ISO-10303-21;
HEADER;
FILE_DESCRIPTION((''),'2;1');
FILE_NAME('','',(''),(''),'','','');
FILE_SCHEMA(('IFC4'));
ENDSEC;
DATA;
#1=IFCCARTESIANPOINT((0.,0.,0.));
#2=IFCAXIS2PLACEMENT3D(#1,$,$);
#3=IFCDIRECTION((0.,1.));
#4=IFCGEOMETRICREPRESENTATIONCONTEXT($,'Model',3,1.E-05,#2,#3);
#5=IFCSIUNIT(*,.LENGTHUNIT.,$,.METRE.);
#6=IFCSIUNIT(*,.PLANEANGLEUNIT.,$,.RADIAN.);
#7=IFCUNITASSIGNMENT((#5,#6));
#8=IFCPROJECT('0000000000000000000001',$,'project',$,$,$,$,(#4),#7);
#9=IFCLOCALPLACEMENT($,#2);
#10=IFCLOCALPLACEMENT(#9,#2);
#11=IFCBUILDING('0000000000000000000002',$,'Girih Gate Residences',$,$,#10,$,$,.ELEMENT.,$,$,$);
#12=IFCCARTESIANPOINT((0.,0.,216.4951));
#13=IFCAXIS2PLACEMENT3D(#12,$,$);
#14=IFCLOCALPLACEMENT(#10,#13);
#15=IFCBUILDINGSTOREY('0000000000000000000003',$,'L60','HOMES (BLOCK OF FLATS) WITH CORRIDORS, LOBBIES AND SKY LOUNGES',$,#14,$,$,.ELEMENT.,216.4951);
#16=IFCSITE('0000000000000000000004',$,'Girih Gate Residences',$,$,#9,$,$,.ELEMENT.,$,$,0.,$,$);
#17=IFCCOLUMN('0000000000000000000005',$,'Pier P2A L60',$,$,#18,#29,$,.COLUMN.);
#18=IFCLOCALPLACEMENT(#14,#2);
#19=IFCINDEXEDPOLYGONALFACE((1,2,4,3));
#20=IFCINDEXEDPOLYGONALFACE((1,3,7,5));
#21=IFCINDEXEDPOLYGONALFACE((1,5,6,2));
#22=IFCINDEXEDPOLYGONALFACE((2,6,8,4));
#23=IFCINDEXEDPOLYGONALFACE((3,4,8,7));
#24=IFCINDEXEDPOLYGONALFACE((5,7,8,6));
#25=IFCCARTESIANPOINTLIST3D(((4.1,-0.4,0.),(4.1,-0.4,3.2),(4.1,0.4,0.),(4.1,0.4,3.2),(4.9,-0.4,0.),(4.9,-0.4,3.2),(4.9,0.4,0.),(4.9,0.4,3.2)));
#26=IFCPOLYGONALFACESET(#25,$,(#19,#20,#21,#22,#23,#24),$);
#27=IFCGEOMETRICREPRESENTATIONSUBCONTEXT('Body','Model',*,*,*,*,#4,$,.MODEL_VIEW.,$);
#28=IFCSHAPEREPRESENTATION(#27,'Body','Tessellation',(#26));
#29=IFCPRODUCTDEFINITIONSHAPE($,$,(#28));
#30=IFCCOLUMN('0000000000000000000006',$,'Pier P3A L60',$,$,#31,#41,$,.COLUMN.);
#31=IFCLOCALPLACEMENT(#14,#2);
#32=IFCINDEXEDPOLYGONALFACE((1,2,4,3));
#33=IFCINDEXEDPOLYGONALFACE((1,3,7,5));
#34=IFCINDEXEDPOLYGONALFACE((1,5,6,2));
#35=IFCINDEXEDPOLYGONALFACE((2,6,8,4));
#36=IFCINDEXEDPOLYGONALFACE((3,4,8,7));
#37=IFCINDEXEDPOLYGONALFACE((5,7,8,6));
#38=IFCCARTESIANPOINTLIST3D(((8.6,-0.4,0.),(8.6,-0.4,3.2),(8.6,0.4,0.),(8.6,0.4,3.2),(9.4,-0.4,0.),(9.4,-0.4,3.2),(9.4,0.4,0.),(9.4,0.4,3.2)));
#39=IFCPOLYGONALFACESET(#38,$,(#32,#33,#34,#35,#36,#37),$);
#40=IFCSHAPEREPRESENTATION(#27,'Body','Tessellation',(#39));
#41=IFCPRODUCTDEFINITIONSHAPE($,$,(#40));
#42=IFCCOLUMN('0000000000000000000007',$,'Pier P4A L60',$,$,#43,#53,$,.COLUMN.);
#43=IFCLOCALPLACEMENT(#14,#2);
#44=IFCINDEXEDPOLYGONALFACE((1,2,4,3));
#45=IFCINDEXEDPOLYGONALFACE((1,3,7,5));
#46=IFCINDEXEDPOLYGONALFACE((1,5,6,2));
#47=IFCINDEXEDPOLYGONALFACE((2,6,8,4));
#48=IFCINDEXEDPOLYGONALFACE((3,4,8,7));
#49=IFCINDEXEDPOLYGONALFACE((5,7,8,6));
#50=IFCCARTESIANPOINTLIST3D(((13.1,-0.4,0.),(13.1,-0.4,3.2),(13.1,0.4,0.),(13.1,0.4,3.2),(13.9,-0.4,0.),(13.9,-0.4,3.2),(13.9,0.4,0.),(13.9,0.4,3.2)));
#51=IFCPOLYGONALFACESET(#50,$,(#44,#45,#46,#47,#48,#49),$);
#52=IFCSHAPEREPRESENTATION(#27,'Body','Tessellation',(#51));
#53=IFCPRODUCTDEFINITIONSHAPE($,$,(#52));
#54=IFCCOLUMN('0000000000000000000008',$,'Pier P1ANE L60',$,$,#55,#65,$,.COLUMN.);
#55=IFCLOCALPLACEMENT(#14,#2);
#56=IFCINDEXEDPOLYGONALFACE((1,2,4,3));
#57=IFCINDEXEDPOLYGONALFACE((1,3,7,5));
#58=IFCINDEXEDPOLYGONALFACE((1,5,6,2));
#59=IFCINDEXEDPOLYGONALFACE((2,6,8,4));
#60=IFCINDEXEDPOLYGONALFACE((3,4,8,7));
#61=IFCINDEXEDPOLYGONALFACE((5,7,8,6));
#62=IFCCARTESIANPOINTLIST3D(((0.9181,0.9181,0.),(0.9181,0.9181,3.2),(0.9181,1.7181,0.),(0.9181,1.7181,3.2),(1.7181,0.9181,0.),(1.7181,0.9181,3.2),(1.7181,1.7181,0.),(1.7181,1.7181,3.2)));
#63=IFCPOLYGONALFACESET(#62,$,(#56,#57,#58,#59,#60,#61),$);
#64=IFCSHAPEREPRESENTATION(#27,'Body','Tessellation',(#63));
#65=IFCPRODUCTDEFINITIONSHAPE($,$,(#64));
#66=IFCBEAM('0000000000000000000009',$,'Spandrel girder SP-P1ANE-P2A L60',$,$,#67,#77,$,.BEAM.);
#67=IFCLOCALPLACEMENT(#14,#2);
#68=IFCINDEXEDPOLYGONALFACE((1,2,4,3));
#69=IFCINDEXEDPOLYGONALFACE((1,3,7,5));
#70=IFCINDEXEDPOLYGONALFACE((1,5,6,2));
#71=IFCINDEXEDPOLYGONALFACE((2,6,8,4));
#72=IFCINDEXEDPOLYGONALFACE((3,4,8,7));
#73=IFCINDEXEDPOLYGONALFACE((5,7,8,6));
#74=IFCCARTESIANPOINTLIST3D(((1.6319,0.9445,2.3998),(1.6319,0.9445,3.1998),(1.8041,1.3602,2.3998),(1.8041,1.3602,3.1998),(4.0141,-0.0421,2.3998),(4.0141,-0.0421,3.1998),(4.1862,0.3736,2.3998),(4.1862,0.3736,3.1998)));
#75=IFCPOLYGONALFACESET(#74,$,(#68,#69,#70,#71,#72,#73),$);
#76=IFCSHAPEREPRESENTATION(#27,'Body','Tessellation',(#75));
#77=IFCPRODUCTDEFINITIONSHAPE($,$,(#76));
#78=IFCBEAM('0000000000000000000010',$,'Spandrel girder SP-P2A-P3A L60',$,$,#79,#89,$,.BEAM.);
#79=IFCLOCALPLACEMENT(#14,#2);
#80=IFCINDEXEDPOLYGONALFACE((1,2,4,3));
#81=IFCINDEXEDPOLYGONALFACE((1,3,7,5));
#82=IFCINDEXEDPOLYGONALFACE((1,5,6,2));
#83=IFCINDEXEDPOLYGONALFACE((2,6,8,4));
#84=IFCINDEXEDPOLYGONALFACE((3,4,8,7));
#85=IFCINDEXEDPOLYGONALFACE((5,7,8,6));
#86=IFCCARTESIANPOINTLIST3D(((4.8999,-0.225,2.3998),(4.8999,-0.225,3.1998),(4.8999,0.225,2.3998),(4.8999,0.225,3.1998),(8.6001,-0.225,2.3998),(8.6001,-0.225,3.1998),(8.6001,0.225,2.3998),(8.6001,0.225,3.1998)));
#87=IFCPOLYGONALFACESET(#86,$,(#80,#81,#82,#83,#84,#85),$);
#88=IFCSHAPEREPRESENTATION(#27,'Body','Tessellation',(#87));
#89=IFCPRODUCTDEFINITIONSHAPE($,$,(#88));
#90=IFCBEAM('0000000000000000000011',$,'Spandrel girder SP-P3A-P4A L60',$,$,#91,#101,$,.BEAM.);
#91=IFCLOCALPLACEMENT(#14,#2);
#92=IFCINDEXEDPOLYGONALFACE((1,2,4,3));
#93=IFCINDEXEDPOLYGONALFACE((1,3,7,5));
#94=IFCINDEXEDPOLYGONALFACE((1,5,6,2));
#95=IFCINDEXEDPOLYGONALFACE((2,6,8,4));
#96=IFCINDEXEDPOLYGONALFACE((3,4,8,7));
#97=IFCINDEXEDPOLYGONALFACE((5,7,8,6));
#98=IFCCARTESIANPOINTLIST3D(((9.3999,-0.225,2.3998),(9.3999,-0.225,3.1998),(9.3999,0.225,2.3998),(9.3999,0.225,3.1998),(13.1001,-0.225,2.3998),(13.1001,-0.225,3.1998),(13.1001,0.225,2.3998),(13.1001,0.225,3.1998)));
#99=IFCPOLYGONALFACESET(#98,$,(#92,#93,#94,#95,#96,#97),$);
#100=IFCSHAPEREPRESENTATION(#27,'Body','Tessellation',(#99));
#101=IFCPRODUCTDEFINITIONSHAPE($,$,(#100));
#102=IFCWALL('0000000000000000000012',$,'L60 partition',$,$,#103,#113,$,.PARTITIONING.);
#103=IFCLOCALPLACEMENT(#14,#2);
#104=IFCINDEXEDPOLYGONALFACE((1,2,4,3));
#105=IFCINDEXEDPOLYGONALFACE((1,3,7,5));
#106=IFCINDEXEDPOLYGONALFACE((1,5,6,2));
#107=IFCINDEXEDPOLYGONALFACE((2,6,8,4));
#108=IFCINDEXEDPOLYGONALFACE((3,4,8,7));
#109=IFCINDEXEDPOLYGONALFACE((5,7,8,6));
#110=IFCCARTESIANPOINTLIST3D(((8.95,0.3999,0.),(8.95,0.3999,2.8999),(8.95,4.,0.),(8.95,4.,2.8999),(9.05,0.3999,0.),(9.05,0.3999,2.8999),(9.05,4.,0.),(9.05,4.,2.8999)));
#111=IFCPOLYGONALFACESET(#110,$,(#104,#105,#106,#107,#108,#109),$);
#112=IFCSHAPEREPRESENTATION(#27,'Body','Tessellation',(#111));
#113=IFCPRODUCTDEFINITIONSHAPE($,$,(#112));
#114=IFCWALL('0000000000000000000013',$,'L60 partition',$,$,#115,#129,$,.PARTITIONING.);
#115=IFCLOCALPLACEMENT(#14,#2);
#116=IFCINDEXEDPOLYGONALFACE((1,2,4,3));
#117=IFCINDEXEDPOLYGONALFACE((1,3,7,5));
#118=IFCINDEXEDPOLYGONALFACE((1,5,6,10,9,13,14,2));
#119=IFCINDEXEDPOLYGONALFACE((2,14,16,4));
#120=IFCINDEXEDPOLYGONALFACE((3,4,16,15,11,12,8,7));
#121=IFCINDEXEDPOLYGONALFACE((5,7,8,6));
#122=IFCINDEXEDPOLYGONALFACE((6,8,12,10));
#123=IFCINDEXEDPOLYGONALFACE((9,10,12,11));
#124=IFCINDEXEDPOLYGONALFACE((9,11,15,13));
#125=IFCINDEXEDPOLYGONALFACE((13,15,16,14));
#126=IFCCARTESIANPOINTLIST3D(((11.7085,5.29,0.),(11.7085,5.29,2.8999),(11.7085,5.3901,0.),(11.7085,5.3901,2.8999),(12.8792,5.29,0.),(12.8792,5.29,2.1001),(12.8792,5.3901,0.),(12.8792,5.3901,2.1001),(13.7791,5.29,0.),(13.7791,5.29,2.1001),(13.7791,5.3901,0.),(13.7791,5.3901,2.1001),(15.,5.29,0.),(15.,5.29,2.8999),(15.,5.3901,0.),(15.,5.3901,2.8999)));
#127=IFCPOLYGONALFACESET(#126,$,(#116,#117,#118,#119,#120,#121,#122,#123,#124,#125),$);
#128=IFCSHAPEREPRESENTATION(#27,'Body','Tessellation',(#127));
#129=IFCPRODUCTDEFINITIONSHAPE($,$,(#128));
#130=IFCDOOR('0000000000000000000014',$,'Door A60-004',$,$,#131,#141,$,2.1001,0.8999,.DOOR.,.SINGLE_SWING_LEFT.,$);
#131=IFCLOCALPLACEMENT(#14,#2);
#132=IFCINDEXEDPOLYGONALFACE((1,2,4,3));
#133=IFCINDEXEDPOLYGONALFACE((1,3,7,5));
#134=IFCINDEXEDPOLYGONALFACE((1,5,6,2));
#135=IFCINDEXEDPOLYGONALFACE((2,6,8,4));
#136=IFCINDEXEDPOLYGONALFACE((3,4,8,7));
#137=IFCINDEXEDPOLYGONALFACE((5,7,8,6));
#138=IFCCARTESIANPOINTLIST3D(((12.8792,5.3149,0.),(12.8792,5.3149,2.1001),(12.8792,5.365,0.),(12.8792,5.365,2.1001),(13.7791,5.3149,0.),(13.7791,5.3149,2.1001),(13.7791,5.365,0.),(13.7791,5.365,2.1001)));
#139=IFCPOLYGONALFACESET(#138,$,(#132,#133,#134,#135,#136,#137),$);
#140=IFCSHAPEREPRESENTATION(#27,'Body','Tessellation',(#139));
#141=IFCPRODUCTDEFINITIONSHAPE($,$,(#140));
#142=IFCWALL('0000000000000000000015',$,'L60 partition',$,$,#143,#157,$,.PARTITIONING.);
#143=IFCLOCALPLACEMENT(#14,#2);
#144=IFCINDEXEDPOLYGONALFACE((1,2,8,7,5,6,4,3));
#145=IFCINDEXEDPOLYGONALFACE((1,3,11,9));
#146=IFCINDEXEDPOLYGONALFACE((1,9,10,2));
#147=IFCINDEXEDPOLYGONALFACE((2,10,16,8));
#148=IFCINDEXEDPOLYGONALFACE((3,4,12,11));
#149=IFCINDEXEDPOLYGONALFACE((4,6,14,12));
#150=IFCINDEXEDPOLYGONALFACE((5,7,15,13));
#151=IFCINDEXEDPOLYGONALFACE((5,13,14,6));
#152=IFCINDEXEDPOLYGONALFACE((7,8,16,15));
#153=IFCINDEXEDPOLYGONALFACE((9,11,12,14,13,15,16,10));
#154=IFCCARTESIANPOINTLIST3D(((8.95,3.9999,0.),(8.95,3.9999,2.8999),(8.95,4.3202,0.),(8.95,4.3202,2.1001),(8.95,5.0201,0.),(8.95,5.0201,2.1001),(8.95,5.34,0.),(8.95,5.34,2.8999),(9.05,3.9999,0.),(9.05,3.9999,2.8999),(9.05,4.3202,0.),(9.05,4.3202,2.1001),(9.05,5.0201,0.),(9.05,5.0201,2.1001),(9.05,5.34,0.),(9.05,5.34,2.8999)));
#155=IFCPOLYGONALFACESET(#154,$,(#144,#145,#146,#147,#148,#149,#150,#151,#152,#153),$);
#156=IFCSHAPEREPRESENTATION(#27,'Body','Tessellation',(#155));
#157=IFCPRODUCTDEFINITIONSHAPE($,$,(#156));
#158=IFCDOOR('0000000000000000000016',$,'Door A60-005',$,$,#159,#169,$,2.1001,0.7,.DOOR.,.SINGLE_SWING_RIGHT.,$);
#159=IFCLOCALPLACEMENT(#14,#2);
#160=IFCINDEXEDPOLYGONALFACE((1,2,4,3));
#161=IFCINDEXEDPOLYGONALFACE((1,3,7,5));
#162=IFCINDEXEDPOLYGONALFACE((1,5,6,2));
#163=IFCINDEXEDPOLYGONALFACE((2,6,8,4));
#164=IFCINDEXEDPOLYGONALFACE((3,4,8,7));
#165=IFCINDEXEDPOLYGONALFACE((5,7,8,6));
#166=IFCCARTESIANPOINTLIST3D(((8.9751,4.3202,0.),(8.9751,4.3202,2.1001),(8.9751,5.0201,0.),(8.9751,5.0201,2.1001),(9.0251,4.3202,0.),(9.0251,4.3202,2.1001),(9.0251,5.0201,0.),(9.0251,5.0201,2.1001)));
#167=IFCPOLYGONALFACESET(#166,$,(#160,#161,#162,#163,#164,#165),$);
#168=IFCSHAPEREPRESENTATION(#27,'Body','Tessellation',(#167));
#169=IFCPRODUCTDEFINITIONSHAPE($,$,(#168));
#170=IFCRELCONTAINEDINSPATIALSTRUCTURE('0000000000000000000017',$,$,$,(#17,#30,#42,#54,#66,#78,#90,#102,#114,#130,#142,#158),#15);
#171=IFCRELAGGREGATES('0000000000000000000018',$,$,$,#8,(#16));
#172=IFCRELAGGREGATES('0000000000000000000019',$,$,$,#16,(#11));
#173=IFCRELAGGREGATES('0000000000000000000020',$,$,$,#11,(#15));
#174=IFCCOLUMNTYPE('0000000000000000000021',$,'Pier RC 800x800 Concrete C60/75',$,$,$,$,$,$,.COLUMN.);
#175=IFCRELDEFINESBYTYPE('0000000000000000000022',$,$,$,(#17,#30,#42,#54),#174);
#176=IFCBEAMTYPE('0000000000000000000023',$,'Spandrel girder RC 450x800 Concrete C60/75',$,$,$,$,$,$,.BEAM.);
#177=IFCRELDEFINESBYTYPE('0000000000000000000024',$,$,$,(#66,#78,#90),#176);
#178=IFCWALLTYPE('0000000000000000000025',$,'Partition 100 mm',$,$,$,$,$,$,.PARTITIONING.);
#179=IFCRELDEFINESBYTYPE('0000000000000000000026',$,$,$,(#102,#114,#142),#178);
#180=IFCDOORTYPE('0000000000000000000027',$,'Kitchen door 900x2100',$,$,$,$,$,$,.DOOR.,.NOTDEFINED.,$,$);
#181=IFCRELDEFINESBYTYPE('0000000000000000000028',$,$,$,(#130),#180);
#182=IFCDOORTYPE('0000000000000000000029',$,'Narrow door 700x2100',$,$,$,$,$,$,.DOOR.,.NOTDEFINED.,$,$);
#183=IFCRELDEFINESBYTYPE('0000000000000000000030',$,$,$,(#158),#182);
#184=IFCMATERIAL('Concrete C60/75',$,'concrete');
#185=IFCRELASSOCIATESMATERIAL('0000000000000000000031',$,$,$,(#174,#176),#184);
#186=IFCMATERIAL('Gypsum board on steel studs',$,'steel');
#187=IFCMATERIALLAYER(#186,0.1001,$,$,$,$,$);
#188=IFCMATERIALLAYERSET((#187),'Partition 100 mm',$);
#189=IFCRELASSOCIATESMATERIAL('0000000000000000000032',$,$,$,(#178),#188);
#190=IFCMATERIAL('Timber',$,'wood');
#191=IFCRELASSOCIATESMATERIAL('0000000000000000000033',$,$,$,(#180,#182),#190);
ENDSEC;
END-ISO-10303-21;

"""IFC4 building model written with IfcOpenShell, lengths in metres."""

from ifc_helpers import new_model, si_unit, direction, frame, frame_2d, origin, origin_2d, place, context, subcontext, project, spatial, rectangle, extrude, material, layer, layer_set, material_profile, profile_set, type_object, element, fill, save


model = new_model("IFC4")

# Units and contexts
model_context = context("Model", 3, precision=1e-05, world=origin(), true_north=direction((0.0, 1.0)))
body_context = subcontext(model_context, "Body", "Model", "MODEL_VIEW")
ifc_project = project(units=[si_unit("LENGTHUNIT", "METRE"), si_unit("PLANEANGLEUNIT", "RADIAN")], contexts=[model_context])

# Site, building, storey
site_placement = place(None, origin())
site = spatial("IfcSite", under=ifc_project, at=site_placement, Name="Girih Gate Residences", CompositionType="ELEMENT", RefElevation=0.0)
building_placement = place(site_placement, origin())
building = spatial("IfcBuilding", under=site, at=building_placement, Name="Girih Gate Residences", CompositionType="ELEMENT")
storey_placement = place(building_placement, frame((0.0, 0.0, 216.4951)))
storey = spatial("IfcBuildingStorey", under=building, at=storey_placement, Name="L60", Description="HOMES (BLOCK OF FLATS) WITH CORRIDORS, LOBBIES AND SKY LOUNGES", CompositionType="ELEMENT", Elevation=216.4951)

# Columns
ifc_material_1 = material(Name="Concrete C60/75", Category="concrete")
ifc_material_profile_1 = material_profile(ifc_material_1, rectangle(XDim=0.8, YDim=0.8, at=origin_2d()))
ifc_profile_set_1 = profile_set([ifc_material_profile_1], Name="Concrete C60/75")
column_type = type_object("IfcColumnType", Name="Pier RC 800x800 Concrete C60/75", PredefinedType="COLUMN", material=ifc_profile_set_1)
for number, where, z_axis, x_axis, name in (
    (1, (4.5, 0.0, 0.0), (0.0, 0.0, 1.0), (1.0, 0.0, 0.0), "Pier P2A L60"),
    (2, (9.0, 0.0, 0.0), (0.0, 0.0, 1.0), (1.0, 0.0, 0.0), "Pier P3A L60"),
    (3, (13.5, 0.0, 0.0), (0.0, 0.0, 1.0), (1.0, 0.0, 0.0), "Pier P4A L60"),
    (4, (1.3181, 1.3181, 0.0), (0.0, 0.0, 1.0), (1.0, 0.0, 0.0), "Pier P1ANE L60"),
):
    element("IfcColumn", number, at=place(storey_placement, frame(where, z_axis=z_axis, x_axis=x_axis)), inside=storey, type_object=column_type, Name=name, PredefinedType="COLUMN", context=body_context, shape_type="SweptSolid", body=[
        extrude(rectangle(XDim=0.8, YDim=0.8, at=origin_2d()), origin(), (0.0, 0.0, 1.0), 3.2),
    ])

# Beams
ifc_material_profile_2 = material_profile(ifc_material_1, rectangle(XDim=0.45, YDim=0.8, at=origin_2d()))
ifc_profile_set_2 = profile_set([ifc_material_profile_2], Name="Concrete C60/75")
beam_type = type_object("IfcBeamType", Name="Spandrel girder RC 450x800 Concrete C60/75", PredefinedType="BEAM", material=ifc_profile_set_2)
beam_placement = place(storey_placement, frame((1.718, 1.1523, 2.7998), z_axis=(0.923896, -0.382644, 0.0), x_axis=(0.382644, 0.923896, 0.0)))
element("IfcBeam", 5, at=beam_placement, inside=storey, type_object=beam_type, Name="Spandrel girder SP-P1ANE-P2A L60", PredefinedType="BEAM", context=body_context, shape_type="SweptSolid", body=[
    extrude(rectangle(XDim=0.45, YDim=0.8, at=origin_2d()), origin(), (0.0, 0.0, 1.0), 2.5784),
])
for number, where, z_axis, x_axis, name in (
    (6, (4.8999, 0.0, 2.7998), (1.0, 0.0, 0.0), (0.0, 1.0, 0.0), "Spandrel girder SP-P2A-P3A L60"),
    (7, (9.3999, 0.0, 2.7998), (1.0, 0.0, 0.0), (0.0, 1.0, 0.0), "Spandrel girder SP-P3A-P4A L60"),
):
    element("IfcBeam", number, at=place(storey_placement, frame(where, z_axis=z_axis, x_axis=x_axis)), inside=storey, type_object=beam_type, Name=name, PredefinedType="BEAM", context=body_context, shape_type="SweptSolid", body=[
        extrude(rectangle(XDim=0.45, YDim=0.8, at=origin_2d()), origin(), (0.0, 0.0, 1.0), 3.7002),
    ])

# Wall
ifc_material_2 = material(Name="Gypsum board on steel studs", Category="steel")
ifc_layer_1 = layer(ifc_material_2, 0.1001)
ifc_layer_set_1 = layer_set([ifc_layer_1], Name="Partition 100 mm")
wall_type_1 = type_object("IfcWallType", Name="Partition 100 mm", PredefinedType="PARTITIONING", material=ifc_layer_set_1)
wall_1_placement = place(storey_placement, frame((9.0, 0.3999, 0.0), z_axis=(0.0, 0.0, 1.0), x_axis=(0.0, 1.0, 0.0)))
element("IfcWall", 8, at=wall_1_placement, inside=storey, type_object=wall_type_1, Name="L60 partition", PredefinedType="PARTITIONING", context=body_context, shape_type="SweptSolid", body=[
    extrude(rectangle(XDim=3.6001, YDim=0.1001, at=frame_2d((1.8, 0.0))), origin(), (0.0, 0.0, 1.0), 2.8999),
])

# Walls, openings, doors
wall_2_placement = place(storey_placement, frame((11.7085, 5.3401, 0.0), z_axis=(0.0, 0.0, 1.0), x_axis=(1.0, 0.0, 0.0)))
wall_2 = element("IfcWall", 9, at=wall_2_placement, inside=storey, type_object=wall_type_1, Name="L60 partition", PredefinedType="PARTITIONING", context=body_context, shape_type="SweptSolid", body=[
    extrude(rectangle(XDim=3.2915, YDim=0.1001, at=frame_2d((1.6458, 0.0))), origin(), (0.0, 0.0, 1.0), 2.8999),
])
opening_1_placement = place(wall_2_placement, frame((1.1707, 0.0, 0.0)))
opening_1 = element("IfcOpeningElement", 10, at=opening_1_placement, cuts=wall_2, PredefinedType="OPENING", context=body_context, shape_type="SweptSolid", body=[
    extrude(rectangle(XDim=0.8999, YDim=2.1001, at=frame_2d((0.45, 1.05))), frame((0.0, 0.0601, 0.0), z_axis=(0.0, -1.0, 0.0), x_axis=(1.0, 0.0, 0.0)), (0.0, 0.0, 1.0), 0.1201),
])
ifc_material_3 = material(Name="Timber", Category="wood")
door_type_1 = type_object("IfcDoorType", Name="Kitchen door 900x2100", OperationType="NOTDEFINED", PredefinedType="DOOR", material=ifc_material_3)
door_1_placement = place(opening_1_placement, origin())
door_1 = element("IfcDoor", 11, at=door_1_placement, inside=storey, type_object=door_type_1, Name="Door A60-004", OperationType="SINGLE_SWING_LEFT", OverallHeight=2.1001, OverallWidth=0.8999, PredefinedType="DOOR", context=body_context, shape_type="SweptSolid", body=[
    extrude(rectangle(XDim=0.8999, YDim=2.1001, at=frame_2d((0.45, 1.05))), frame((0.0, 0.0249, 0.0), z_axis=(0.0, -1.0, 0.0), x_axis=(1.0, 0.0, 0.0)), (0.0, 0.0, 1.0), 0.05),
])
fill(opening_1, door_1)
wall_3_placement = place(storey_placement, frame((9.0, 4.0, 0.0), z_axis=(0.0, 0.0, 1.0), x_axis=(0.0, 1.0, 0.0)))
wall_3 = element("IfcWall", 12, at=wall_3_placement, inside=storey, type_object=wall_type_1, Name="L60 partition", PredefinedType="PARTITIONING", context=body_context, shape_type="SweptSolid", body=[
    extrude(rectangle(XDim=1.3401, YDim=0.1001, at=frame_2d((0.6699, 0.0))), origin(), (0.0, 0.0, 1.0), 2.8999),
])
opening_2_placement = place(wall_3_placement, frame((0.3201, 0.0, 0.0)))
opening_2 = element("IfcOpeningElement", 13, at=opening_2_placement, cuts=wall_3, PredefinedType="OPENING", context=body_context, shape_type="SweptSolid", body=[
    extrude(rectangle(XDim=0.7, YDim=2.1001, at=frame_2d((0.3501, 1.05))), frame((0.0, 0.0601, 0.0), z_axis=(0.0, -1.0, 0.0), x_axis=(1.0, 0.0, 0.0)), (0.0, 0.0, 1.0), 0.1201),
])
door_type_2 = type_object("IfcDoorType", Name="Narrow door 700x2100", OperationType="NOTDEFINED", PredefinedType="DOOR", material=ifc_material_3)
door_2_placement = place(opening_2_placement, origin())
door_2 = element("IfcDoor", 14, at=door_2_placement, inside=storey, type_object=door_type_2, Name="Door A60-005", OperationType="SINGLE_SWING_RIGHT", OverallHeight=2.1001, OverallWidth=0.7, PredefinedType="DOOR", context=body_context, shape_type="SweptSolid", body=[
    extrude(rectangle(XDim=0.7, YDim=2.1001, at=frame_2d((0.3501, 1.05))), frame((0.0, 0.0249, 0.0), z_axis=(0.0, -1.0, 0.0), x_axis=(1.0, 0.0, 0.0)), (0.0, 0.0, 1.0), 0.05),
])
fill(opening_2, door_2)

save(model, "model.ifc")
